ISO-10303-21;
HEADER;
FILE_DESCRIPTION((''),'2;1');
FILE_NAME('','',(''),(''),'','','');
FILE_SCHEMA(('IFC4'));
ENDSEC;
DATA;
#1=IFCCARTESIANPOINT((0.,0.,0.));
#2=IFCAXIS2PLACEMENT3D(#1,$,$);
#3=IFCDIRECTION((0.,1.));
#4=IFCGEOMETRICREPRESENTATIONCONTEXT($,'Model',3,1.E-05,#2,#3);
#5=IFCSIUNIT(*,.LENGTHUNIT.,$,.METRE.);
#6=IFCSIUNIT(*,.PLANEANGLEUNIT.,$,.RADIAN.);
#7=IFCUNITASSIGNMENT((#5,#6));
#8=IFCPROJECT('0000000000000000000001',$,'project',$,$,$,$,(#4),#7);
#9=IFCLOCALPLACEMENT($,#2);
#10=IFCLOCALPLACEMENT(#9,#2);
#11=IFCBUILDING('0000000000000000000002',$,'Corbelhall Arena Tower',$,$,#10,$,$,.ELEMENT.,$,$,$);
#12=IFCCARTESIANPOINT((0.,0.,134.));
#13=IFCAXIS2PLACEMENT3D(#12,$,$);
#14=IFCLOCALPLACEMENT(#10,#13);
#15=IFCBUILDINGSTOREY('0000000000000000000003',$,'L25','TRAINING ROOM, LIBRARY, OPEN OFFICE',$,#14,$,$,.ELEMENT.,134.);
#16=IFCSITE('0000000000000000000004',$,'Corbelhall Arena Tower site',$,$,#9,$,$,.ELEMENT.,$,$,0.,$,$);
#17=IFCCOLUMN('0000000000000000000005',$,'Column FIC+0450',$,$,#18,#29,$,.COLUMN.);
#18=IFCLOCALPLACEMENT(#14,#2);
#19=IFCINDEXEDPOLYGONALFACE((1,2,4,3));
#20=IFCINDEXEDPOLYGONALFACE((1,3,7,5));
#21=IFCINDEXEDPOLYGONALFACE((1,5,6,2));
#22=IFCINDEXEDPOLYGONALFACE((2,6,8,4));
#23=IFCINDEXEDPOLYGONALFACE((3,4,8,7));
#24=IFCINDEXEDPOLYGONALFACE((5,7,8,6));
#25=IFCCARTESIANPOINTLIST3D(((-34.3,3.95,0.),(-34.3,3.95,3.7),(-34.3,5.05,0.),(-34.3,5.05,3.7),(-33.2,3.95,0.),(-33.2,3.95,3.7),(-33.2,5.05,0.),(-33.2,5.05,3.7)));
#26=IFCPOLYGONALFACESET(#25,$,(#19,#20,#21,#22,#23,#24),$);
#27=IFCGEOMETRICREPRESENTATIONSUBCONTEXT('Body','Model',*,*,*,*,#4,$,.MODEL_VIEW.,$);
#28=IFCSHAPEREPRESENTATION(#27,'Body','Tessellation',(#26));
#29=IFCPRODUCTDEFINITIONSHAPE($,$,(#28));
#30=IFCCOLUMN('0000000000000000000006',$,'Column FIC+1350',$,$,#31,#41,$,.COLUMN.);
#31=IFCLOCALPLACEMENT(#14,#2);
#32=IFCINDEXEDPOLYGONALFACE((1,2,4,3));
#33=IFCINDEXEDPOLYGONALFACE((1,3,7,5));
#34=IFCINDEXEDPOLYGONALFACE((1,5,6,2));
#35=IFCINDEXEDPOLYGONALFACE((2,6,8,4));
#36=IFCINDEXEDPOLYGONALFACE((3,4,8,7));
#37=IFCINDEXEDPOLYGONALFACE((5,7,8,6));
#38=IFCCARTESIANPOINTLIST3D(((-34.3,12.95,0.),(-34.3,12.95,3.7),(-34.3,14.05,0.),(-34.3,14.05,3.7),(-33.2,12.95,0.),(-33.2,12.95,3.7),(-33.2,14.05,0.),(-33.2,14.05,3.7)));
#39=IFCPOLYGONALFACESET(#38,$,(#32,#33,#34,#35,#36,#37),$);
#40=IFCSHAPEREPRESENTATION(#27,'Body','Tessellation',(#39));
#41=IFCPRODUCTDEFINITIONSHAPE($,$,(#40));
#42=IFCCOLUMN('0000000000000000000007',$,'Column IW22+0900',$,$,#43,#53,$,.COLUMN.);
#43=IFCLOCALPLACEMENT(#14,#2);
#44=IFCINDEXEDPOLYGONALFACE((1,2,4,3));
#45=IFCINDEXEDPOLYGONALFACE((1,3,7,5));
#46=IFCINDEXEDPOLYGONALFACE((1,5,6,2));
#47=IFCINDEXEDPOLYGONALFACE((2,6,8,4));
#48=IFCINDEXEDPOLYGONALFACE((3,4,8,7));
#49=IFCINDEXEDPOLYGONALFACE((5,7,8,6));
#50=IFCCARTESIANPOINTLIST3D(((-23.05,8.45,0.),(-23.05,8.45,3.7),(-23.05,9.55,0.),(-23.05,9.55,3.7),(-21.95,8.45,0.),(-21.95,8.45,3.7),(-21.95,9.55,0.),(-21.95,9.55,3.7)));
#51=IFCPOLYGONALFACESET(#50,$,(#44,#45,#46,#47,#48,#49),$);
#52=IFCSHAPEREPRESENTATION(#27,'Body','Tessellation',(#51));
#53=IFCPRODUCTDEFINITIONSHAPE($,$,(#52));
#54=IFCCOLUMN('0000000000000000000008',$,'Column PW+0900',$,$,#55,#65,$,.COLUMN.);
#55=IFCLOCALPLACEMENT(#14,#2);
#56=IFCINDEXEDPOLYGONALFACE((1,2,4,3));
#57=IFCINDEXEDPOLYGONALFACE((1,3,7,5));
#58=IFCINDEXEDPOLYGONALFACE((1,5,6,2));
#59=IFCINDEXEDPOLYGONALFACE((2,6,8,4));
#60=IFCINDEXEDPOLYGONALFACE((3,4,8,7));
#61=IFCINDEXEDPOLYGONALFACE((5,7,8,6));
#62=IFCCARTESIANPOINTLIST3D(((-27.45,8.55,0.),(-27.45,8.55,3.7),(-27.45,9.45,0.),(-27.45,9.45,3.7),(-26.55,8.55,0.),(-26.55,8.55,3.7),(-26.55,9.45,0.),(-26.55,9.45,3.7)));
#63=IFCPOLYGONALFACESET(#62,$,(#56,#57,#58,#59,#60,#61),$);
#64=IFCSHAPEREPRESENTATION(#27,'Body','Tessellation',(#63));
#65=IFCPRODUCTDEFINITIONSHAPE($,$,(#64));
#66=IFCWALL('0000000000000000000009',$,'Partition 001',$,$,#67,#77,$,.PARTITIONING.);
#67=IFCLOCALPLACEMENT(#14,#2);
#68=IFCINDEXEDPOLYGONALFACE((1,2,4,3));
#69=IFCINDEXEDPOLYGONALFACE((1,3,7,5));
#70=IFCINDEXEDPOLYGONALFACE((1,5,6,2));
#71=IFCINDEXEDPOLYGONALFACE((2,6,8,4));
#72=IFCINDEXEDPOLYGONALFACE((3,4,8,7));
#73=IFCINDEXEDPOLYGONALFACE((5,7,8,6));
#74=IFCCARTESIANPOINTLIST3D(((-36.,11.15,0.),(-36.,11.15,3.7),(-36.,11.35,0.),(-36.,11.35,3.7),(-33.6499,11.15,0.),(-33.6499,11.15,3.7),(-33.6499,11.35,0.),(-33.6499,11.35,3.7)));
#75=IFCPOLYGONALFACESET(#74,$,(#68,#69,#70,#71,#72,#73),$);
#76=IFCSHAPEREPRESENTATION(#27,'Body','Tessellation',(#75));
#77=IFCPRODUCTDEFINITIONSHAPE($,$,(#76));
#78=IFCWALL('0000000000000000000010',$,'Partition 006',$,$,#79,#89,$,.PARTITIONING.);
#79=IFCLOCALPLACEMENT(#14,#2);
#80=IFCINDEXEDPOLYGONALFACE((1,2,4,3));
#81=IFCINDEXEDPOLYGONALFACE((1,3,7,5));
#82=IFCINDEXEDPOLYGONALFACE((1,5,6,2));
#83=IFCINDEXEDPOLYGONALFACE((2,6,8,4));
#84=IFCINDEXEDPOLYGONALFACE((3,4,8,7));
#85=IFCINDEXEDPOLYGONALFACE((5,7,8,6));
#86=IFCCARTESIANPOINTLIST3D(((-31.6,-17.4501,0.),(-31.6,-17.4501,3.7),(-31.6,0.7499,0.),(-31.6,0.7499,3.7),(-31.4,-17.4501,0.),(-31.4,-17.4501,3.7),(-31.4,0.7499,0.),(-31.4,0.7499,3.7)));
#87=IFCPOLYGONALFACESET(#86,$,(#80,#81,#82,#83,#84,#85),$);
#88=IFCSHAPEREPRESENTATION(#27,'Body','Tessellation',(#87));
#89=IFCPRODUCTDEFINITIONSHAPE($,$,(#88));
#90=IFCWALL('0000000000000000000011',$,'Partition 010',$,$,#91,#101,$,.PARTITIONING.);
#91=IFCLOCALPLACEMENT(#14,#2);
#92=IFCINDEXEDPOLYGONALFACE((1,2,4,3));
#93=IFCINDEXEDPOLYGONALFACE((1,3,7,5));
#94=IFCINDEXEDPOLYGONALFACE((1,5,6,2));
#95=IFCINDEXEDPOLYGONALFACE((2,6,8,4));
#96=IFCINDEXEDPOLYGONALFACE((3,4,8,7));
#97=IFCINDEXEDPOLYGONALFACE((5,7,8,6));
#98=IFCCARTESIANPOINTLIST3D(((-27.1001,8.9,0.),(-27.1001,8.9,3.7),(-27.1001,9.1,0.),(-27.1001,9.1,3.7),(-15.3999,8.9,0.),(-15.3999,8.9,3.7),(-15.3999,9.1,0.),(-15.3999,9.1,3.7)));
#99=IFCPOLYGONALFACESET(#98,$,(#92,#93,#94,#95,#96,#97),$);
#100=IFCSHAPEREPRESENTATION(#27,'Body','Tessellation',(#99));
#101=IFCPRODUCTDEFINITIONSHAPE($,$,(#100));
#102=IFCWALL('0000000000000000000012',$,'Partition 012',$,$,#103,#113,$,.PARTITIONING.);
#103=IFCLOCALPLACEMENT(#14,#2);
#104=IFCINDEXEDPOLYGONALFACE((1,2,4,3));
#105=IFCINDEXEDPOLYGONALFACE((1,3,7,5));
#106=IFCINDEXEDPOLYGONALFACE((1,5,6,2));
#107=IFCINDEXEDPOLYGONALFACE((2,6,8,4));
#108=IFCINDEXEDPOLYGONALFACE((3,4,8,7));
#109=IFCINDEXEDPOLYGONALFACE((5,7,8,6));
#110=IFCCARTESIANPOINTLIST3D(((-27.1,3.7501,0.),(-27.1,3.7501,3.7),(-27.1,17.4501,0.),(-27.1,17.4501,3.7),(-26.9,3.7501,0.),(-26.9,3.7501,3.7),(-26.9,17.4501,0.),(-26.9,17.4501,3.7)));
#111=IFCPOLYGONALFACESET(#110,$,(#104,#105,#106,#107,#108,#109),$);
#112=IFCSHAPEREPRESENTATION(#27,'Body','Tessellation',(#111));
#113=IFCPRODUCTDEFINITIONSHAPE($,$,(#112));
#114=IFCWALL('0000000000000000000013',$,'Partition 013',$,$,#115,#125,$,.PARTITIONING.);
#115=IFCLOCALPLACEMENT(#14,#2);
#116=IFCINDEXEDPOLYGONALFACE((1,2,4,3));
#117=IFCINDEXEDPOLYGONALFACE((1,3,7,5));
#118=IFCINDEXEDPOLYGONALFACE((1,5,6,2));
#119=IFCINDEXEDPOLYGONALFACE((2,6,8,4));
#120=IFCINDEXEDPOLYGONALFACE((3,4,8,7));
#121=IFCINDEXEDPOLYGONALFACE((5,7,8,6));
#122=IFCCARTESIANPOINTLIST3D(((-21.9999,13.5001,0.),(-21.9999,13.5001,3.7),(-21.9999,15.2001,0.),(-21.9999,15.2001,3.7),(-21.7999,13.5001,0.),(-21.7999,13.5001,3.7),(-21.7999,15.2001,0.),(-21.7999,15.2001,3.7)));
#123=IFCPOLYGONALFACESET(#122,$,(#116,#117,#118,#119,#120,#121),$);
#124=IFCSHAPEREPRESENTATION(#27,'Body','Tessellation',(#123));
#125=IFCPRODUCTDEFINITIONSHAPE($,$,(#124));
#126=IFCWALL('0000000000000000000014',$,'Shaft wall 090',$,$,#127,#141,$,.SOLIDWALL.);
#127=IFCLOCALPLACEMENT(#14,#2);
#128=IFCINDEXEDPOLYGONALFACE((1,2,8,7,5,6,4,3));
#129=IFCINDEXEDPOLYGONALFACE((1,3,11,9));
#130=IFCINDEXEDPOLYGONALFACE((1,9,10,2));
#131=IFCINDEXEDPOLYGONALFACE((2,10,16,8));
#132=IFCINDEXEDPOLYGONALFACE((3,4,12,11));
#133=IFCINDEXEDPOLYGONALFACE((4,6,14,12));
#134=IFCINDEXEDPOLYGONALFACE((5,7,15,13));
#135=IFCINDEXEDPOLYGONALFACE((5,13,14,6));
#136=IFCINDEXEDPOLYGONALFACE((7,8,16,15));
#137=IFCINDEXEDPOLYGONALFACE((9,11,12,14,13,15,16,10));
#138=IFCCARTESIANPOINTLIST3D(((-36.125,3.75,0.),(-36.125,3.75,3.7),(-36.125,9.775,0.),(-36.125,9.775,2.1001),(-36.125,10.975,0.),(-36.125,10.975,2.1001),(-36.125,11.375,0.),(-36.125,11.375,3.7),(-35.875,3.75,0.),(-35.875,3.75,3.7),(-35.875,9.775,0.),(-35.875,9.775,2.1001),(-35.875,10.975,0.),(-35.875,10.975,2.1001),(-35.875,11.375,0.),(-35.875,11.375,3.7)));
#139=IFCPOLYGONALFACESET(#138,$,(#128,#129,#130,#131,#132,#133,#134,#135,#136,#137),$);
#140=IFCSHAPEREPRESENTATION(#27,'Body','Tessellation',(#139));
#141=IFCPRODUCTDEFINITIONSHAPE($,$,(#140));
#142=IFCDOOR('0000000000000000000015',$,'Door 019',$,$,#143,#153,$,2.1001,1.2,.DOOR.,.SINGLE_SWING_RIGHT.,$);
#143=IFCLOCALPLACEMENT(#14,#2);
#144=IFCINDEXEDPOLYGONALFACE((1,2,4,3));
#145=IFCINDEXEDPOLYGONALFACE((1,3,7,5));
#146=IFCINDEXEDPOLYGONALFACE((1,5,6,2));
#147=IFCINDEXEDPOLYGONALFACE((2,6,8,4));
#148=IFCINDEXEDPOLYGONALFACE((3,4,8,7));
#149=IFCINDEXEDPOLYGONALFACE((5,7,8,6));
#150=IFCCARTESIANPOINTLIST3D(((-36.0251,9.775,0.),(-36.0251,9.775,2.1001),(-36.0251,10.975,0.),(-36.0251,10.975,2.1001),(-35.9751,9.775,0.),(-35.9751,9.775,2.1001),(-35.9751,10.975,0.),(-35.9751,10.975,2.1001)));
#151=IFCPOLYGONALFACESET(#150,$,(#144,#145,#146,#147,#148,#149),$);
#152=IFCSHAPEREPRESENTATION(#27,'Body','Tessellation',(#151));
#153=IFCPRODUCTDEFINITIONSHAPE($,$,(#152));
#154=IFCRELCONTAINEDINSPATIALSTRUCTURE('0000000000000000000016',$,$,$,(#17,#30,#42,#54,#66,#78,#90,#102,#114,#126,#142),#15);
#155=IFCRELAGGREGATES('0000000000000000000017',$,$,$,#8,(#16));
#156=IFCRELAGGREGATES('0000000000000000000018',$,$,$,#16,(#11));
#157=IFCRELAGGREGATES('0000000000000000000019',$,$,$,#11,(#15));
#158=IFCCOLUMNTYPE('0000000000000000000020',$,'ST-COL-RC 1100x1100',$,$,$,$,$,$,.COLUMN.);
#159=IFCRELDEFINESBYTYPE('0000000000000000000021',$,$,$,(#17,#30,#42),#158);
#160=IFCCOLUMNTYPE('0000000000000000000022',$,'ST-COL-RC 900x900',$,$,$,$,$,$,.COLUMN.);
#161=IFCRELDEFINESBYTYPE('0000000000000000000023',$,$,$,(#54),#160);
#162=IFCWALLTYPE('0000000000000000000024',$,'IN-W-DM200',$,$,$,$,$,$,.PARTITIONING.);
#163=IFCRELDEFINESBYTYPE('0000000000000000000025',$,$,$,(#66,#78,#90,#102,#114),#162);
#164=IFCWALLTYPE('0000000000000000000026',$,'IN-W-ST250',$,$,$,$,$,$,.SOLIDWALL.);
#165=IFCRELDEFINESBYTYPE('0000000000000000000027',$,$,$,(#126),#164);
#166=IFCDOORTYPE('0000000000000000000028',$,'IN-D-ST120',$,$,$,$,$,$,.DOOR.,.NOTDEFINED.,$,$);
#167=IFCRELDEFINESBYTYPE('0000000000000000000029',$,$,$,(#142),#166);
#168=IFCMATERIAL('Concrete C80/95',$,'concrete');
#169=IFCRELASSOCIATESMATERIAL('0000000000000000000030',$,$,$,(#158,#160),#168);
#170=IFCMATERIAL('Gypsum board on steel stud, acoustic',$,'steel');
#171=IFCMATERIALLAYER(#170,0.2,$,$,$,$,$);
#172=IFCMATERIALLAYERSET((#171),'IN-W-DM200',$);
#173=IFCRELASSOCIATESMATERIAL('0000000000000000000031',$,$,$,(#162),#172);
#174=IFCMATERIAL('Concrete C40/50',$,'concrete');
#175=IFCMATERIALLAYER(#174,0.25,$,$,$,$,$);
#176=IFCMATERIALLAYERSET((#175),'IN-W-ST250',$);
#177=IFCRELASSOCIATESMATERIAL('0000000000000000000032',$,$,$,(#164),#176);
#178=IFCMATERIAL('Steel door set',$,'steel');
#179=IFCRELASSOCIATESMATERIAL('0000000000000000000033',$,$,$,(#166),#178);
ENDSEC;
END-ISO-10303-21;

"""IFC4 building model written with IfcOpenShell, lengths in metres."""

from ifc_helpers import new_model, si_unit, direction, frame, frame_2d, origin, origin_2d, place, context, subcontext, project, spatial, rectangle, extrude, material, layer, layer_set, material_profile, profile_set, type_object, element, fill, save


model = new_model("IFC4")

# Units and contexts
model_context = context("Model", 3, precision=1e-05, world=origin(), true_north=direction((0.0, 1.0)))
body_context = subcontext(model_context, "Body", "Model", "MODEL_VIEW")
ifc_project = project(units=[si_unit("LENGTHUNIT", "METRE"), si_unit("PLANEANGLEUNIT", "RADIAN")], contexts=[model_context])

# Site, building, storey
site_placement = place(None, origin())
site = spatial("IfcSite", under=ifc_project, at=site_placement, Name="Corbelhall Arena Tower site", CompositionType="ELEMENT", RefElevation=0.0)
building_placement = place(site_placement, origin())
building = spatial("IfcBuilding", under=site, at=building_placement, Name="Corbelhall Arena Tower", CompositionType="ELEMENT")
storey_placement = place(building_placement, frame((0.0, 0.0, 134.0)))
storey = spatial("IfcBuildingStorey", under=building, at=storey_placement, Name="L25", Description="TRAINING ROOM, LIBRARY, OPEN OFFICE", CompositionType="ELEMENT", Elevation=134.0)

# Columns
ifc_material_1 = material(Name="Concrete C80/95", Category="concrete")
ifc_material_profile_1 = material_profile(ifc_material_1, rectangle(XDim=1.1001, YDim=1.1001, at=origin_2d()))
ifc_profile_set_1 = profile_set([ifc_material_profile_1], Name="Concrete C80/95")
column_type_1 = type_object("IfcColumnType", Name="ST-COL-RC 1100x1100", PredefinedType="COLUMN", material=ifc_profile_set_1)
for number, where, z_axis, x_axis, name in (
    (1, (-33.75, 4.5, 0.0), (0.0, 0.0, 1.0), (1.0, 0.0, 0.0), "Column FIC+0450"),
    (2, (-33.75, 13.5, 0.0), (0.0, 0.0, 1.0), (1.0, 0.0, 0.0), "Column FIC+1350"),
    (3, (-22.5, 9.0, 0.0), (0.0, 0.0, 1.0), (1.0, 0.0, 0.0), "Column IW22+0900"),
):
    element("IfcColumn", number, at=place(storey_placement, frame(where, z_axis=z_axis, x_axis=x_axis)), inside=storey, type_object=column_type_1, Name=name, PredefinedType="COLUMN", context=body_context, shape_type="SweptSolid", body=[
        extrude(rectangle(XDim=1.1001, YDim=1.1001, at=origin_2d()), origin(), (0.0, 0.0, 1.0), 3.7),
    ])
ifc_material_profile_2 = material_profile(ifc_material_1, rectangle(XDim=0.8999, YDim=0.8999, at=origin_2d()))
ifc_profile_set_2 = profile_set([ifc_material_profile_2], Name="Concrete C80/95")
column_type_2 = type_object("IfcColumnType", Name="ST-COL-RC 900x900", PredefinedType="COLUMN", material=ifc_profile_set_2)
column_placement = place(storey_placement, frame((-27.0, 9.0, 0.0), z_axis=(0.0, 0.0, 1.0), x_axis=(1.0, 0.0, 0.0)))
element("IfcColumn", 4, at=column_placement, inside=storey, type_object=column_type_2, Name="Column PW+0900", PredefinedType="COLUMN", context=body_context, shape_type="SweptSolid", body=[
    extrude(rectangle(XDim=0.8999, YDim=0.8999, at=origin_2d()), origin(), (0.0, 0.0, 1.0), 3.7),
])

# Wall
ifc_material_2 = material(Name="Gypsum board on steel stud, acoustic", Category="steel")
ifc_layer_1 = layer(ifc_material_2, 0.2)
ifc_layer_set_1 = layer_set([ifc_layer_1], Name="IN-W-DM200")
wall_type_1 = type_object("IfcWallType", Name="IN-W-DM200", PredefinedType="PARTITIONING", material=ifc_layer_set_1)
wall_1_placement = place(storey_placement, frame((-36.0, 11.25, 0.0), z_axis=(0.0, 0.0, 1.0), x_axis=(1.0, 0.0, 0.0)))
element("IfcWall", 5, at=wall_1_placement, inside=storey, type_object=wall_type_1, Name="Partition 001", PredefinedType="PARTITIONING", context=body_context, shape_type="SweptSolid", body=[
    extrude(rectangle(XDim=2.3501, YDim=0.2, at=frame_2d((1.175, 0.0))), origin(), (0.0, 0.0, 1.0), 3.7),
])

# Shared definitions
ifc_material_3 = material(Name="Steel door set", Category="steel")

# Walls
wall_2_placement = place(storey_placement, frame((-31.5, 0.75, 0.0), z_axis=(0.0, 0.0, 1.0), x_axis=(0.0, -1.0, 0.0)))
element("IfcWall", 6, at=wall_2_placement, inside=storey, type_object=wall_type_1, Name="Partition 006", PredefinedType="PARTITIONING", context=body_context, shape_type="SweptSolid", body=[
    extrude(rectangle(XDim=18.2, YDim=0.2, at=frame_2d((9.1001, 0.0))), origin(), (0.0, 0.0, 1.0), 3.7),
])
wall_3_placement = place(storey_placement, frame((-27.1001, 9.0, 0.0), z_axis=(0.0, 0.0, 1.0), x_axis=(1.0, 0.0, 0.0)))
element("IfcWall", 7, at=wall_3_placement, inside=storey, type_object=wall_type_1, Name="Partition 010", PredefinedType="PARTITIONING", context=body_context, shape_type="SweptSolid", body=[
    extrude(rectangle(XDim=11.7002, YDim=0.2, at=frame_2d((5.8501, 0.0))), origin(), (0.0, 0.0, 1.0), 3.7),
])
wall_4_placement = place(storey_placement, frame((-27.0, 3.75, 0.0), z_axis=(0.0, 0.0, 1.0), x_axis=(0.0, 1.0, 0.0)))
element("IfcWall", 8, at=wall_4_placement, inside=storey, type_object=wall_type_1, Name="Partition 012", PredefinedType="PARTITIONING", context=body_context, shape_type="SweptSolid", body=[
    extrude(rectangle(XDim=13.7, YDim=0.2, at=frame_2d((6.8501, 0.0))), origin(), (0.0, 0.0, 1.0), 3.7),
])
wall_5_placement = place(storey_placement, frame((-21.8999, 13.5, 0.0), z_axis=(0.0, 0.0, 1.0), x_axis=(0.0, 1.0, 0.0)))
element("IfcWall", 9, at=wall_5_placement, inside=storey, type_object=wall_type_1, Name="Partition 013", PredefinedType="PARTITIONING", context=body_context, shape_type="SweptSolid", body=[
    extrude(rectangle(XDim=1.7, YDim=0.2, at=frame_2d((0.8501, 0.0))), origin(), (0.0, 0.0, 1.0), 3.7),
])

# Wall, opening, door
ifc_material_4 = material(Name="Concrete C40/50", Category="concrete")
ifc_layer_2 = layer(ifc_material_4, 0.25)
ifc_layer_set_2 = layer_set([ifc_layer_2], Name="IN-W-ST250")
wall_type_2 = type_object("IfcWallType", Name="IN-W-ST250", PredefinedType="SOLIDWALL", material=ifc_layer_set_2)
wall_6_placement = place(storey_placement, frame((-36.0, 11.375, 0.0), z_axis=(0.0, 0.0, 1.0), x_axis=(0.0, -1.0, 0.0)))
wall_6 = element("IfcWall", 10, at=wall_6_placement, inside=storey, type_object=wall_type_2, Name="Shaft wall 090", PredefinedType="SOLIDWALL", context=body_context, shape_type="SweptSolid", body=[
    extrude(rectangle(XDim=7.625, YDim=0.25, at=frame_2d((3.8125, 0.0))), origin(), (0.0, 0.0, 1.0), 3.7),
])
opening_1_placement = place(wall_6_placement, frame((0.3999, 0.0, 0.0)))
opening_1 = element("IfcOpeningElement", 11, at=opening_1_placement, cuts=wall_6, PredefinedType="OPENING", context=body_context, shape_type="SweptSolid", body=[
    extrude(rectangle(XDim=1.2, YDim=2.1001, at=frame_2d((0.6001, 1.05))), frame((0.0, 0.125, 0.0), z_axis=(0.0, -1.0, 0.0), x_axis=(1.0, 0.0, 0.0)), (0.0, 0.0, 1.0), 0.25),
])
door_type_1 = type_object("IfcDoorType", Name="IN-D-ST120", OperationType="NOTDEFINED", PredefinedType="DOOR", material=ifc_material_3)
door_1_placement = place(opening_1_placement, origin())
door_1 = element("IfcDoor", 12, at=door_1_placement, inside=storey, type_object=door_type_1, Name="Door 019", OperationType="SINGLE_SWING_RIGHT", OverallHeight=2.1001, OverallWidth=1.2, PredefinedType="DOOR", context=body_context, shape_type="SweptSolid", body=[
    extrude(rectangle(XDim=1.2, YDim=2.1001, at=frame_2d((0.6001, 1.05))), frame((0.0, 0.0249, 0.0), z_axis=(0.0, -1.0, 0.0), x_axis=(1.0, 0.0, 0.0)), (0.0, 0.0, 1.0), 0.05),
])
fill(opening_1, door_1)

save(model, "model.ifc")
